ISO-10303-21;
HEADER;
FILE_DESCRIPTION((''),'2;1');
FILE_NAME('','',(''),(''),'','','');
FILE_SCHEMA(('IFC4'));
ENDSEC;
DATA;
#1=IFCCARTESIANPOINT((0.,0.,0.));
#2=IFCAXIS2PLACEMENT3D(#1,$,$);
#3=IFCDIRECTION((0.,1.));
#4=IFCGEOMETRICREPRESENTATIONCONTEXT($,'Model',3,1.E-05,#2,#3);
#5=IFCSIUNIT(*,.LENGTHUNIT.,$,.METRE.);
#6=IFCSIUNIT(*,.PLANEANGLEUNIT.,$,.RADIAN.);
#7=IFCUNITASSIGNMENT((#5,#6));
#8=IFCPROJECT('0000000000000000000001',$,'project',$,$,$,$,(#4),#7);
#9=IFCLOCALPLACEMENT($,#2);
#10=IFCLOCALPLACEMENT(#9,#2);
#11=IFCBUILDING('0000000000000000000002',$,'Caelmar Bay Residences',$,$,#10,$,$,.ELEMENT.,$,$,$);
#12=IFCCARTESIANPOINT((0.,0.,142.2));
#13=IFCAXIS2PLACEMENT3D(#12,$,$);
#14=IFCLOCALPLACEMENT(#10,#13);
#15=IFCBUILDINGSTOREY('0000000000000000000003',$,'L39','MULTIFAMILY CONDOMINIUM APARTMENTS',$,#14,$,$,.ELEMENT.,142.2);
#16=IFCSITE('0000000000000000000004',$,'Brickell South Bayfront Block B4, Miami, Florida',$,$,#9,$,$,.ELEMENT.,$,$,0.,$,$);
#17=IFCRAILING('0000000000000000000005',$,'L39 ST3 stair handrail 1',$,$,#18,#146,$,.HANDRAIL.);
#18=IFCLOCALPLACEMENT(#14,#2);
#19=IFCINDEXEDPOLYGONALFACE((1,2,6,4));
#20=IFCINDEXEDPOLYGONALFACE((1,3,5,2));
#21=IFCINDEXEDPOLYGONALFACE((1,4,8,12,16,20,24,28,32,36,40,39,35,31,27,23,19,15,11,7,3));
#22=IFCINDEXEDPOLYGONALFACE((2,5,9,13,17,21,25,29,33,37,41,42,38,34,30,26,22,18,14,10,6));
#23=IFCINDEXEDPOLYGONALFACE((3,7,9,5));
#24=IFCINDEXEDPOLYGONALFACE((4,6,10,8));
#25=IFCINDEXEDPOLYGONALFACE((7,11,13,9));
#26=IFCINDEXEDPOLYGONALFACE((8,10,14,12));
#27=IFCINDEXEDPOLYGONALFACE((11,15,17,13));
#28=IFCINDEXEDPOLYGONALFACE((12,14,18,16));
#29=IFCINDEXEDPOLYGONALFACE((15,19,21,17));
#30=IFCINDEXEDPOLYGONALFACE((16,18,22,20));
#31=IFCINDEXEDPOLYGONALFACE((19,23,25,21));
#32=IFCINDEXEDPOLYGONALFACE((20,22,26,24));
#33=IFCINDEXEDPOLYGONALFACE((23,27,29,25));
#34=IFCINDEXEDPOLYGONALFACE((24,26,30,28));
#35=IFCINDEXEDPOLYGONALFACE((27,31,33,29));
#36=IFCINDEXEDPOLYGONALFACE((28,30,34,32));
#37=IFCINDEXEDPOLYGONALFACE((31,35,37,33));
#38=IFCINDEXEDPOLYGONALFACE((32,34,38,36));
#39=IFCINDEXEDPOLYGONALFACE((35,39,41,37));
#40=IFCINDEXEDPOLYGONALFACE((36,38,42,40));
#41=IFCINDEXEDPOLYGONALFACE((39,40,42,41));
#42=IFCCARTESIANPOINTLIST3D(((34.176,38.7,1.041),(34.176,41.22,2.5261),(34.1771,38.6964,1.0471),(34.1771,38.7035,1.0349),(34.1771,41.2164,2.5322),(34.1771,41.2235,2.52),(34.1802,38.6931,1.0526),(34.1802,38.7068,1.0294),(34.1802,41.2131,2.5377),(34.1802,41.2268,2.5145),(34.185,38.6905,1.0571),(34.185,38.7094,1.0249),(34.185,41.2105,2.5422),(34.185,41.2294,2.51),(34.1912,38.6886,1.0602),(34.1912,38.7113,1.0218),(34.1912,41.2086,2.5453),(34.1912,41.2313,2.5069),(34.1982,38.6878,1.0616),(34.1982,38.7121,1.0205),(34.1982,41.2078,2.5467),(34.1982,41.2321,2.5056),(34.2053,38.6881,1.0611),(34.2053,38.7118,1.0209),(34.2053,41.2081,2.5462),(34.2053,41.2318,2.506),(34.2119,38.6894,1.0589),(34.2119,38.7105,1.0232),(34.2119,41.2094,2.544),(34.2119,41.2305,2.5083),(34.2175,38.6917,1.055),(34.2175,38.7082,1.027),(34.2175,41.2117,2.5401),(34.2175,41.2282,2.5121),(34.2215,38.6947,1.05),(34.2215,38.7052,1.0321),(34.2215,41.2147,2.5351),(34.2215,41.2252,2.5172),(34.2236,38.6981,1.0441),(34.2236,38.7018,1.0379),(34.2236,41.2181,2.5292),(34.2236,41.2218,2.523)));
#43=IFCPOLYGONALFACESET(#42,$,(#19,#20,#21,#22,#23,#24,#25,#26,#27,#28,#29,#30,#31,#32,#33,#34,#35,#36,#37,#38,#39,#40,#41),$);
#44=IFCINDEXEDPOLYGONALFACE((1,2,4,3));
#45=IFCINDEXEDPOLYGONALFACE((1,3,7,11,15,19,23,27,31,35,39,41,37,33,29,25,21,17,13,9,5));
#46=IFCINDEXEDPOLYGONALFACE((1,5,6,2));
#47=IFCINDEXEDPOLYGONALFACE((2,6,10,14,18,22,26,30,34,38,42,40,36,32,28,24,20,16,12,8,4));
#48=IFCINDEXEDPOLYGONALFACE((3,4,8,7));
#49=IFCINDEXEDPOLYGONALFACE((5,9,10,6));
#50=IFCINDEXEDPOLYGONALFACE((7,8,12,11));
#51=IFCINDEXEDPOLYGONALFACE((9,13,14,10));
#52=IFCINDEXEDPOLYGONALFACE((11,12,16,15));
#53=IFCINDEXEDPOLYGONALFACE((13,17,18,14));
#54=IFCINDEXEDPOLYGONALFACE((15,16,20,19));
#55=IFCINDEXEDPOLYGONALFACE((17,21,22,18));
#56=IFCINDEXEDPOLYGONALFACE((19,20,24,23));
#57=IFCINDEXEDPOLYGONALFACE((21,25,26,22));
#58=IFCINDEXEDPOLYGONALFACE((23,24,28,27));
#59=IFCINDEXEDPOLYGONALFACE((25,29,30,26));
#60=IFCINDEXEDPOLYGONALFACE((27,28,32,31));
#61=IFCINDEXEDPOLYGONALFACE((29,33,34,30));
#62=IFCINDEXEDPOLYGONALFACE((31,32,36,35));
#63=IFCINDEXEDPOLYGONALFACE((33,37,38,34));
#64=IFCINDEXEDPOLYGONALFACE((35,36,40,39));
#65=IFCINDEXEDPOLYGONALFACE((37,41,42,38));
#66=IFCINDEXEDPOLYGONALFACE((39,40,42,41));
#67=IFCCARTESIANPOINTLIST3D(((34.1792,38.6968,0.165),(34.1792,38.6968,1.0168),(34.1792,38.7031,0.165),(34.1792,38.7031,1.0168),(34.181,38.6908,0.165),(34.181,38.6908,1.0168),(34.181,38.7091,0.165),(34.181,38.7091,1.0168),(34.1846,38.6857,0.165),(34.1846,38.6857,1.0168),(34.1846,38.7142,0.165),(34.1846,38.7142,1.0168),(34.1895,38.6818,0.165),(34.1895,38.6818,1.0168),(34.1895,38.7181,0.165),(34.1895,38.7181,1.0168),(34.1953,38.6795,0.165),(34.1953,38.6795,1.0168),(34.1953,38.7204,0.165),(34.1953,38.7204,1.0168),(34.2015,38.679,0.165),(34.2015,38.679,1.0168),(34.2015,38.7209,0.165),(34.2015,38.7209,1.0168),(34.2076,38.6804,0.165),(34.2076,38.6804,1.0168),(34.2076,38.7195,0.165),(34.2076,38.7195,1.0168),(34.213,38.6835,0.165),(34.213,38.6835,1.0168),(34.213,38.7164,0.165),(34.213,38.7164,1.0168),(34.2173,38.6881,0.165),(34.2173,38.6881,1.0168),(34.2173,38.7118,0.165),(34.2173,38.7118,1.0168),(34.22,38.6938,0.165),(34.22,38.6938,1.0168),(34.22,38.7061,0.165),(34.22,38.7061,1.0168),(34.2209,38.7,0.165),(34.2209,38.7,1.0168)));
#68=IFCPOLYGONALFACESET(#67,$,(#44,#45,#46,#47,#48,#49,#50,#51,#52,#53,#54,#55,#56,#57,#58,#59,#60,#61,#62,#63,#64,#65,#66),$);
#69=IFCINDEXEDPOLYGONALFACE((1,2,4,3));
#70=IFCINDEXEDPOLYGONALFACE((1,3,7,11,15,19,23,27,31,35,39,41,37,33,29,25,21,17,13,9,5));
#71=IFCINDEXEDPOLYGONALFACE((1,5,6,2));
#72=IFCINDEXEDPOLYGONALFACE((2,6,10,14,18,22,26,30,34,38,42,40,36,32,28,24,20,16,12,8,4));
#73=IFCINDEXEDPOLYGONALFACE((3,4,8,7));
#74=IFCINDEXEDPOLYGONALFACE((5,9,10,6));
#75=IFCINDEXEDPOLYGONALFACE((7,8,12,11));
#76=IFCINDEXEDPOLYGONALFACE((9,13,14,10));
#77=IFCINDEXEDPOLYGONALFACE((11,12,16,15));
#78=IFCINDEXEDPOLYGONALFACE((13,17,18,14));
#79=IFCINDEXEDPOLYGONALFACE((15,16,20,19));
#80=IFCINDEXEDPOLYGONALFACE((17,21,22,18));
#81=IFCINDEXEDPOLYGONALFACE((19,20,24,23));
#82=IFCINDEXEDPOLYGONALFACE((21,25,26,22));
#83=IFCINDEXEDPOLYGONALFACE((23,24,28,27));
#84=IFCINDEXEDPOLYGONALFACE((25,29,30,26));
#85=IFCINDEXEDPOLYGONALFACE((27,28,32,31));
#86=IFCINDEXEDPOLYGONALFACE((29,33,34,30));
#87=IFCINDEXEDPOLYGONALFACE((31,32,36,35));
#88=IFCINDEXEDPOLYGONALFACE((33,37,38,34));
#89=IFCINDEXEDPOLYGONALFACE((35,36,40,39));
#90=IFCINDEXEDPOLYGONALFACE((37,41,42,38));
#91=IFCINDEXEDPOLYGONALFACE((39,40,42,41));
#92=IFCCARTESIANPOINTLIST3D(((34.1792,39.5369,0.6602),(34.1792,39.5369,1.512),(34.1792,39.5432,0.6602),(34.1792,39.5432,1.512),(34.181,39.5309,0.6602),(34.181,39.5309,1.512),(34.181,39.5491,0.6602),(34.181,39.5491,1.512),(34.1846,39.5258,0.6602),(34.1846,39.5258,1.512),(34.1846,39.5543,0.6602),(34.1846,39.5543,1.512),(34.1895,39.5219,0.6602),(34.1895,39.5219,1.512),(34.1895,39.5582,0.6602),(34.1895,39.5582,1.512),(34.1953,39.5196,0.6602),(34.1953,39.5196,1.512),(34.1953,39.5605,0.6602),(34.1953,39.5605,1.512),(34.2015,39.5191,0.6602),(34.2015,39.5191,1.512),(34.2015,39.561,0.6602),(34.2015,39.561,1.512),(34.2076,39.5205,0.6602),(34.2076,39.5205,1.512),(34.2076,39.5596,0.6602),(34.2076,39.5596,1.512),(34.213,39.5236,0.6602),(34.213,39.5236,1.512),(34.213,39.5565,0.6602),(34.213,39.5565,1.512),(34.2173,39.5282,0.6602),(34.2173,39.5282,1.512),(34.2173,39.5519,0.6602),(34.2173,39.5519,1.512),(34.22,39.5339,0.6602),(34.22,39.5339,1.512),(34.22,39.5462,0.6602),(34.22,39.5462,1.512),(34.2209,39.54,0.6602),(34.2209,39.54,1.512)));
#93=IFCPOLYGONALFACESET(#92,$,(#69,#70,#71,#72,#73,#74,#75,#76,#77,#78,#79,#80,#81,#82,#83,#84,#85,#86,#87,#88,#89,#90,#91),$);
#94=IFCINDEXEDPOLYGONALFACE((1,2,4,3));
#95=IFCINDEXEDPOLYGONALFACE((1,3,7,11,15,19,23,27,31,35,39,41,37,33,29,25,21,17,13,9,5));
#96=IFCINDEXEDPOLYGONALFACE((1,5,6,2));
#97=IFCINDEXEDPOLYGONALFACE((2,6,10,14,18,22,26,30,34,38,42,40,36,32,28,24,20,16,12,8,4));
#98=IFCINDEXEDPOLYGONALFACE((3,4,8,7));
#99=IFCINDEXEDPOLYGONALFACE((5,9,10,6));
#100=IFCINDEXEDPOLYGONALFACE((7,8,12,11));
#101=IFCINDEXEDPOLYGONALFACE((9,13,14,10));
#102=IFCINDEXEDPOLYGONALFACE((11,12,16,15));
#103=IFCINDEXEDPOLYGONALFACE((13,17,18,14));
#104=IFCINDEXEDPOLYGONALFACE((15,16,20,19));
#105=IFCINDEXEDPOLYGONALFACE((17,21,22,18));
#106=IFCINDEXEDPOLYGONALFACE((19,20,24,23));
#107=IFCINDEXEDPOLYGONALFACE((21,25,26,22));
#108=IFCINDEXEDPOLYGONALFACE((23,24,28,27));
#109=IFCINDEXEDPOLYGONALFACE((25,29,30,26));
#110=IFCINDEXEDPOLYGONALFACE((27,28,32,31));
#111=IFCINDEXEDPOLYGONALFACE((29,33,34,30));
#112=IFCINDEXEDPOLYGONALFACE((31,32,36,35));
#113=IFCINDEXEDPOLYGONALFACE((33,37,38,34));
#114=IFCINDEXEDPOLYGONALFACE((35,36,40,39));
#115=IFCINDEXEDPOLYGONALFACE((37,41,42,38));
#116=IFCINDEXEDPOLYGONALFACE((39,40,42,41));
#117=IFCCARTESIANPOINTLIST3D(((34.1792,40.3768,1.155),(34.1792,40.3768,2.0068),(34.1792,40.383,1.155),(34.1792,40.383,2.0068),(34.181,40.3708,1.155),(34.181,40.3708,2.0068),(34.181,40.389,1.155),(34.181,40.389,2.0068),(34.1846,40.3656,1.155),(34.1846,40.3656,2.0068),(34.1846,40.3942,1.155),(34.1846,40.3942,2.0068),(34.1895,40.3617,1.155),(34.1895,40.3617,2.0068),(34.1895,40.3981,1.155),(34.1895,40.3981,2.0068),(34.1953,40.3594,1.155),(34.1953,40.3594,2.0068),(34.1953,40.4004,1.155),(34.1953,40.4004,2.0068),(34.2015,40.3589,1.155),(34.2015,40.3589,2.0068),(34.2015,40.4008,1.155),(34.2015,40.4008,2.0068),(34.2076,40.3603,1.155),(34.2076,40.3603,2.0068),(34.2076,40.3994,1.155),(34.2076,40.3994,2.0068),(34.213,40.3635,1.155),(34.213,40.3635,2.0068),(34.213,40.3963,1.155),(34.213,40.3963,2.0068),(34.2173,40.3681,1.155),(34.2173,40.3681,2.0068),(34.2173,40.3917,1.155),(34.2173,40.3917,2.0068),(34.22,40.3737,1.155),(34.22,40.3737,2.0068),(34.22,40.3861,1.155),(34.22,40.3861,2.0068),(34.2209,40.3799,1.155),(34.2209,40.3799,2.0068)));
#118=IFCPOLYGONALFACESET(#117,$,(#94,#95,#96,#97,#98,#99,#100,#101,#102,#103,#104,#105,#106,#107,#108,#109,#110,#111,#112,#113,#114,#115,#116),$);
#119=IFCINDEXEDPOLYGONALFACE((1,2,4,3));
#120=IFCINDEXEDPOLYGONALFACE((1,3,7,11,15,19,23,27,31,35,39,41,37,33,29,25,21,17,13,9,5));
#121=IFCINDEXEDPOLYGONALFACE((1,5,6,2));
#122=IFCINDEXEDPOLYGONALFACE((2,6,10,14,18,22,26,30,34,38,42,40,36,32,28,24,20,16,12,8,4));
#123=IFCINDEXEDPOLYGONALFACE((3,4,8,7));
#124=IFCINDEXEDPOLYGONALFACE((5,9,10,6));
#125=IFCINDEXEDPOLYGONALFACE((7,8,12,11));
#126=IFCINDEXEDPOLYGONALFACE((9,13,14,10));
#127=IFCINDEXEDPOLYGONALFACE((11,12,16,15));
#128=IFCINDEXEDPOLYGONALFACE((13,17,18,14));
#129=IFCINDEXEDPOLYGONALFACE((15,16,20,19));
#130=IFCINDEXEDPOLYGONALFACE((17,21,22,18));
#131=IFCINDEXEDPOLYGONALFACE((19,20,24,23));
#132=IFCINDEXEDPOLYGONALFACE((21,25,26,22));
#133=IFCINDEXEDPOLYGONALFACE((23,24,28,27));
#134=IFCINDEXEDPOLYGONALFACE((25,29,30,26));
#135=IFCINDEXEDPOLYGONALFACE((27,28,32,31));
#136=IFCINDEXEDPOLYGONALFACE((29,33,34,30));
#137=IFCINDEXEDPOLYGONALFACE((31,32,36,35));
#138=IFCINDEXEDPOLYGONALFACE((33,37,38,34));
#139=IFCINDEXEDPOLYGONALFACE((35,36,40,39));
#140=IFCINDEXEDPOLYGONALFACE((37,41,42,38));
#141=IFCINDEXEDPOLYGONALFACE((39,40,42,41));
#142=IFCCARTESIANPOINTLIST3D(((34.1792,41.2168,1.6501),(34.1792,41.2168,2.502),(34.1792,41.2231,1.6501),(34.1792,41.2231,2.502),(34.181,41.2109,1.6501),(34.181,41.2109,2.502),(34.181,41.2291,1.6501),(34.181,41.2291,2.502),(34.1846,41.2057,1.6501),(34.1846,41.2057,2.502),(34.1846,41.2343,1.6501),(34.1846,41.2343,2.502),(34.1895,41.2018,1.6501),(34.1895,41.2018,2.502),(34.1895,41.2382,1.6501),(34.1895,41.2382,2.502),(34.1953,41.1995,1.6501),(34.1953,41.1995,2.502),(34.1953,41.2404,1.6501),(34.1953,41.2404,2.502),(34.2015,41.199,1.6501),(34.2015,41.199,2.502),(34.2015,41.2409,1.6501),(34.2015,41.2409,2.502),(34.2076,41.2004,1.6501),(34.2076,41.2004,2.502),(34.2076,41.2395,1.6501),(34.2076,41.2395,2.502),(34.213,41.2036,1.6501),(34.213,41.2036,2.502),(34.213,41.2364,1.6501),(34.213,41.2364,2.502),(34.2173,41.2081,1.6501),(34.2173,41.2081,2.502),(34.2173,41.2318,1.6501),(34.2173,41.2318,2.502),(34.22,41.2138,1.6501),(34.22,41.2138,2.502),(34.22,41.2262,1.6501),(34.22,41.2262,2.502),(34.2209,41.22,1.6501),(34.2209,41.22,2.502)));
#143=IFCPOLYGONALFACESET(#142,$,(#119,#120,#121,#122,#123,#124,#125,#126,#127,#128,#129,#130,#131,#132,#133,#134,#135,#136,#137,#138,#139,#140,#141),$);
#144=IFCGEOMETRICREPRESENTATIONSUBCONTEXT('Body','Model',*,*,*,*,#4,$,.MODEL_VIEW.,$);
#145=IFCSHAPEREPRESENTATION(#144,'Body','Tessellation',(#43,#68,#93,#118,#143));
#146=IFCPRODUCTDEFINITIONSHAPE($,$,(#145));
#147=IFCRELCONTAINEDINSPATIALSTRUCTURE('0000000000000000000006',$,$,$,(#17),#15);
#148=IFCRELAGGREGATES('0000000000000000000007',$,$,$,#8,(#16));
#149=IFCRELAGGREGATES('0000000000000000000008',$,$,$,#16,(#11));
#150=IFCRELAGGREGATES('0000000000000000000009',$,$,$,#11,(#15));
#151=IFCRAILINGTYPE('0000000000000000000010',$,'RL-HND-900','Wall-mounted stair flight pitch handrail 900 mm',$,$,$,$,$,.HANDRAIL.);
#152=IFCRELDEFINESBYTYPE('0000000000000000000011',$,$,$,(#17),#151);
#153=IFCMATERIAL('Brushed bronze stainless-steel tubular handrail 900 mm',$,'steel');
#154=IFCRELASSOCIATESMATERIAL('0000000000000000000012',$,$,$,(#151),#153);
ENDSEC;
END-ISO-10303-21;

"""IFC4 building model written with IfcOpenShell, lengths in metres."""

from ifc_helpers import new_model, si_unit, direction, frame, origin, origin_2d, place, context, subcontext, project, spatial, circle, extrude, material, type_object, element, save


model = new_model("IFC4")

# Units and contexts
model_context = context("Model", 3, precision=1e-05, world=origin(), true_north=direction((0.0, 1.0)))
body_context = subcontext(model_context, "Body", "Model", "MODEL_VIEW")
ifc_project = project(units=[si_unit("LENGTHUNIT", "METRE"), si_unit("PLANEANGLEUNIT", "RADIAN")], contexts=[model_context])

# Site, building, storey
site_placement = place(None, origin())
site = spatial("IfcSite", under=ifc_project, at=site_placement, Name="Brickell South Bayfront Block B4, Miami, Florida", CompositionType="ELEMENT", RefElevation=0.0)
building_placement = place(site_placement, origin())
building = spatial("IfcBuilding", under=site, at=building_placement, Name="Caelmar Bay Residences", CompositionType="ELEMENT")
storey_placement = place(building_placement, frame((0.0, 0.0, 142.2)))
storey = spatial("IfcBuildingStorey", under=building, at=storey_placement, Name="L39", Description="MULTIFAMILY CONDOMINIUM APARTMENTS", CompositionType="ELEMENT", Elevation=142.2)

# Railing
ifc_material_1 = material(Name="Brushed bronze stainless-steel tubular handrail 900 mm", Category="steel")
railing_type_1 = type_object("IfcRailingType", Name="RL-HND-900", Description="Wall-mounted stair flight pitch handrail 900 mm", PredefinedType="HANDRAIL", material=ifc_material_1)
railing_1_placement = place(storey_placement, frame((34.2, 38.7, 0.165)))
element("IfcRailing", 1, at=railing_1_placement, inside=storey, type_object=railing_type_1, Name="L39 ST3 stair handrail 1", PredefinedType="HANDRAIL", context=body_context, shape_type="SweptSolid", body=[
    extrude(circle(Radius=0.0239, at=origin_2d()), frame((0.0, 0.0, 0.876), z_axis=(0.0, 0.861524, 0.507717), x_axis=(-1.0, 0.0, 0.0)), (0.0, 0.0, 1.0), 2.925),
    extrude(circle(Radius=0.021, at=origin_2d()), origin(), (0.0, 0.0, 1.0), 0.8518),
    extrude(circle(Radius=0.021, at=origin_2d()), frame((0.0, 0.8401, 0.4951)), (0.0, 0.0, 1.0), 0.8518),
    extrude(circle(Radius=0.021, at=origin_2d()), frame((0.0, 1.6799, 0.99)), (0.0, 0.0, 1.0), 0.8518),
    extrude(circle(Radius=0.021, at=origin_2d()), frame((0.0, 2.52, 1.4851)), (0.0, 0.0, 1.0), 0.8518),
])

save(model, "model.ifc")
